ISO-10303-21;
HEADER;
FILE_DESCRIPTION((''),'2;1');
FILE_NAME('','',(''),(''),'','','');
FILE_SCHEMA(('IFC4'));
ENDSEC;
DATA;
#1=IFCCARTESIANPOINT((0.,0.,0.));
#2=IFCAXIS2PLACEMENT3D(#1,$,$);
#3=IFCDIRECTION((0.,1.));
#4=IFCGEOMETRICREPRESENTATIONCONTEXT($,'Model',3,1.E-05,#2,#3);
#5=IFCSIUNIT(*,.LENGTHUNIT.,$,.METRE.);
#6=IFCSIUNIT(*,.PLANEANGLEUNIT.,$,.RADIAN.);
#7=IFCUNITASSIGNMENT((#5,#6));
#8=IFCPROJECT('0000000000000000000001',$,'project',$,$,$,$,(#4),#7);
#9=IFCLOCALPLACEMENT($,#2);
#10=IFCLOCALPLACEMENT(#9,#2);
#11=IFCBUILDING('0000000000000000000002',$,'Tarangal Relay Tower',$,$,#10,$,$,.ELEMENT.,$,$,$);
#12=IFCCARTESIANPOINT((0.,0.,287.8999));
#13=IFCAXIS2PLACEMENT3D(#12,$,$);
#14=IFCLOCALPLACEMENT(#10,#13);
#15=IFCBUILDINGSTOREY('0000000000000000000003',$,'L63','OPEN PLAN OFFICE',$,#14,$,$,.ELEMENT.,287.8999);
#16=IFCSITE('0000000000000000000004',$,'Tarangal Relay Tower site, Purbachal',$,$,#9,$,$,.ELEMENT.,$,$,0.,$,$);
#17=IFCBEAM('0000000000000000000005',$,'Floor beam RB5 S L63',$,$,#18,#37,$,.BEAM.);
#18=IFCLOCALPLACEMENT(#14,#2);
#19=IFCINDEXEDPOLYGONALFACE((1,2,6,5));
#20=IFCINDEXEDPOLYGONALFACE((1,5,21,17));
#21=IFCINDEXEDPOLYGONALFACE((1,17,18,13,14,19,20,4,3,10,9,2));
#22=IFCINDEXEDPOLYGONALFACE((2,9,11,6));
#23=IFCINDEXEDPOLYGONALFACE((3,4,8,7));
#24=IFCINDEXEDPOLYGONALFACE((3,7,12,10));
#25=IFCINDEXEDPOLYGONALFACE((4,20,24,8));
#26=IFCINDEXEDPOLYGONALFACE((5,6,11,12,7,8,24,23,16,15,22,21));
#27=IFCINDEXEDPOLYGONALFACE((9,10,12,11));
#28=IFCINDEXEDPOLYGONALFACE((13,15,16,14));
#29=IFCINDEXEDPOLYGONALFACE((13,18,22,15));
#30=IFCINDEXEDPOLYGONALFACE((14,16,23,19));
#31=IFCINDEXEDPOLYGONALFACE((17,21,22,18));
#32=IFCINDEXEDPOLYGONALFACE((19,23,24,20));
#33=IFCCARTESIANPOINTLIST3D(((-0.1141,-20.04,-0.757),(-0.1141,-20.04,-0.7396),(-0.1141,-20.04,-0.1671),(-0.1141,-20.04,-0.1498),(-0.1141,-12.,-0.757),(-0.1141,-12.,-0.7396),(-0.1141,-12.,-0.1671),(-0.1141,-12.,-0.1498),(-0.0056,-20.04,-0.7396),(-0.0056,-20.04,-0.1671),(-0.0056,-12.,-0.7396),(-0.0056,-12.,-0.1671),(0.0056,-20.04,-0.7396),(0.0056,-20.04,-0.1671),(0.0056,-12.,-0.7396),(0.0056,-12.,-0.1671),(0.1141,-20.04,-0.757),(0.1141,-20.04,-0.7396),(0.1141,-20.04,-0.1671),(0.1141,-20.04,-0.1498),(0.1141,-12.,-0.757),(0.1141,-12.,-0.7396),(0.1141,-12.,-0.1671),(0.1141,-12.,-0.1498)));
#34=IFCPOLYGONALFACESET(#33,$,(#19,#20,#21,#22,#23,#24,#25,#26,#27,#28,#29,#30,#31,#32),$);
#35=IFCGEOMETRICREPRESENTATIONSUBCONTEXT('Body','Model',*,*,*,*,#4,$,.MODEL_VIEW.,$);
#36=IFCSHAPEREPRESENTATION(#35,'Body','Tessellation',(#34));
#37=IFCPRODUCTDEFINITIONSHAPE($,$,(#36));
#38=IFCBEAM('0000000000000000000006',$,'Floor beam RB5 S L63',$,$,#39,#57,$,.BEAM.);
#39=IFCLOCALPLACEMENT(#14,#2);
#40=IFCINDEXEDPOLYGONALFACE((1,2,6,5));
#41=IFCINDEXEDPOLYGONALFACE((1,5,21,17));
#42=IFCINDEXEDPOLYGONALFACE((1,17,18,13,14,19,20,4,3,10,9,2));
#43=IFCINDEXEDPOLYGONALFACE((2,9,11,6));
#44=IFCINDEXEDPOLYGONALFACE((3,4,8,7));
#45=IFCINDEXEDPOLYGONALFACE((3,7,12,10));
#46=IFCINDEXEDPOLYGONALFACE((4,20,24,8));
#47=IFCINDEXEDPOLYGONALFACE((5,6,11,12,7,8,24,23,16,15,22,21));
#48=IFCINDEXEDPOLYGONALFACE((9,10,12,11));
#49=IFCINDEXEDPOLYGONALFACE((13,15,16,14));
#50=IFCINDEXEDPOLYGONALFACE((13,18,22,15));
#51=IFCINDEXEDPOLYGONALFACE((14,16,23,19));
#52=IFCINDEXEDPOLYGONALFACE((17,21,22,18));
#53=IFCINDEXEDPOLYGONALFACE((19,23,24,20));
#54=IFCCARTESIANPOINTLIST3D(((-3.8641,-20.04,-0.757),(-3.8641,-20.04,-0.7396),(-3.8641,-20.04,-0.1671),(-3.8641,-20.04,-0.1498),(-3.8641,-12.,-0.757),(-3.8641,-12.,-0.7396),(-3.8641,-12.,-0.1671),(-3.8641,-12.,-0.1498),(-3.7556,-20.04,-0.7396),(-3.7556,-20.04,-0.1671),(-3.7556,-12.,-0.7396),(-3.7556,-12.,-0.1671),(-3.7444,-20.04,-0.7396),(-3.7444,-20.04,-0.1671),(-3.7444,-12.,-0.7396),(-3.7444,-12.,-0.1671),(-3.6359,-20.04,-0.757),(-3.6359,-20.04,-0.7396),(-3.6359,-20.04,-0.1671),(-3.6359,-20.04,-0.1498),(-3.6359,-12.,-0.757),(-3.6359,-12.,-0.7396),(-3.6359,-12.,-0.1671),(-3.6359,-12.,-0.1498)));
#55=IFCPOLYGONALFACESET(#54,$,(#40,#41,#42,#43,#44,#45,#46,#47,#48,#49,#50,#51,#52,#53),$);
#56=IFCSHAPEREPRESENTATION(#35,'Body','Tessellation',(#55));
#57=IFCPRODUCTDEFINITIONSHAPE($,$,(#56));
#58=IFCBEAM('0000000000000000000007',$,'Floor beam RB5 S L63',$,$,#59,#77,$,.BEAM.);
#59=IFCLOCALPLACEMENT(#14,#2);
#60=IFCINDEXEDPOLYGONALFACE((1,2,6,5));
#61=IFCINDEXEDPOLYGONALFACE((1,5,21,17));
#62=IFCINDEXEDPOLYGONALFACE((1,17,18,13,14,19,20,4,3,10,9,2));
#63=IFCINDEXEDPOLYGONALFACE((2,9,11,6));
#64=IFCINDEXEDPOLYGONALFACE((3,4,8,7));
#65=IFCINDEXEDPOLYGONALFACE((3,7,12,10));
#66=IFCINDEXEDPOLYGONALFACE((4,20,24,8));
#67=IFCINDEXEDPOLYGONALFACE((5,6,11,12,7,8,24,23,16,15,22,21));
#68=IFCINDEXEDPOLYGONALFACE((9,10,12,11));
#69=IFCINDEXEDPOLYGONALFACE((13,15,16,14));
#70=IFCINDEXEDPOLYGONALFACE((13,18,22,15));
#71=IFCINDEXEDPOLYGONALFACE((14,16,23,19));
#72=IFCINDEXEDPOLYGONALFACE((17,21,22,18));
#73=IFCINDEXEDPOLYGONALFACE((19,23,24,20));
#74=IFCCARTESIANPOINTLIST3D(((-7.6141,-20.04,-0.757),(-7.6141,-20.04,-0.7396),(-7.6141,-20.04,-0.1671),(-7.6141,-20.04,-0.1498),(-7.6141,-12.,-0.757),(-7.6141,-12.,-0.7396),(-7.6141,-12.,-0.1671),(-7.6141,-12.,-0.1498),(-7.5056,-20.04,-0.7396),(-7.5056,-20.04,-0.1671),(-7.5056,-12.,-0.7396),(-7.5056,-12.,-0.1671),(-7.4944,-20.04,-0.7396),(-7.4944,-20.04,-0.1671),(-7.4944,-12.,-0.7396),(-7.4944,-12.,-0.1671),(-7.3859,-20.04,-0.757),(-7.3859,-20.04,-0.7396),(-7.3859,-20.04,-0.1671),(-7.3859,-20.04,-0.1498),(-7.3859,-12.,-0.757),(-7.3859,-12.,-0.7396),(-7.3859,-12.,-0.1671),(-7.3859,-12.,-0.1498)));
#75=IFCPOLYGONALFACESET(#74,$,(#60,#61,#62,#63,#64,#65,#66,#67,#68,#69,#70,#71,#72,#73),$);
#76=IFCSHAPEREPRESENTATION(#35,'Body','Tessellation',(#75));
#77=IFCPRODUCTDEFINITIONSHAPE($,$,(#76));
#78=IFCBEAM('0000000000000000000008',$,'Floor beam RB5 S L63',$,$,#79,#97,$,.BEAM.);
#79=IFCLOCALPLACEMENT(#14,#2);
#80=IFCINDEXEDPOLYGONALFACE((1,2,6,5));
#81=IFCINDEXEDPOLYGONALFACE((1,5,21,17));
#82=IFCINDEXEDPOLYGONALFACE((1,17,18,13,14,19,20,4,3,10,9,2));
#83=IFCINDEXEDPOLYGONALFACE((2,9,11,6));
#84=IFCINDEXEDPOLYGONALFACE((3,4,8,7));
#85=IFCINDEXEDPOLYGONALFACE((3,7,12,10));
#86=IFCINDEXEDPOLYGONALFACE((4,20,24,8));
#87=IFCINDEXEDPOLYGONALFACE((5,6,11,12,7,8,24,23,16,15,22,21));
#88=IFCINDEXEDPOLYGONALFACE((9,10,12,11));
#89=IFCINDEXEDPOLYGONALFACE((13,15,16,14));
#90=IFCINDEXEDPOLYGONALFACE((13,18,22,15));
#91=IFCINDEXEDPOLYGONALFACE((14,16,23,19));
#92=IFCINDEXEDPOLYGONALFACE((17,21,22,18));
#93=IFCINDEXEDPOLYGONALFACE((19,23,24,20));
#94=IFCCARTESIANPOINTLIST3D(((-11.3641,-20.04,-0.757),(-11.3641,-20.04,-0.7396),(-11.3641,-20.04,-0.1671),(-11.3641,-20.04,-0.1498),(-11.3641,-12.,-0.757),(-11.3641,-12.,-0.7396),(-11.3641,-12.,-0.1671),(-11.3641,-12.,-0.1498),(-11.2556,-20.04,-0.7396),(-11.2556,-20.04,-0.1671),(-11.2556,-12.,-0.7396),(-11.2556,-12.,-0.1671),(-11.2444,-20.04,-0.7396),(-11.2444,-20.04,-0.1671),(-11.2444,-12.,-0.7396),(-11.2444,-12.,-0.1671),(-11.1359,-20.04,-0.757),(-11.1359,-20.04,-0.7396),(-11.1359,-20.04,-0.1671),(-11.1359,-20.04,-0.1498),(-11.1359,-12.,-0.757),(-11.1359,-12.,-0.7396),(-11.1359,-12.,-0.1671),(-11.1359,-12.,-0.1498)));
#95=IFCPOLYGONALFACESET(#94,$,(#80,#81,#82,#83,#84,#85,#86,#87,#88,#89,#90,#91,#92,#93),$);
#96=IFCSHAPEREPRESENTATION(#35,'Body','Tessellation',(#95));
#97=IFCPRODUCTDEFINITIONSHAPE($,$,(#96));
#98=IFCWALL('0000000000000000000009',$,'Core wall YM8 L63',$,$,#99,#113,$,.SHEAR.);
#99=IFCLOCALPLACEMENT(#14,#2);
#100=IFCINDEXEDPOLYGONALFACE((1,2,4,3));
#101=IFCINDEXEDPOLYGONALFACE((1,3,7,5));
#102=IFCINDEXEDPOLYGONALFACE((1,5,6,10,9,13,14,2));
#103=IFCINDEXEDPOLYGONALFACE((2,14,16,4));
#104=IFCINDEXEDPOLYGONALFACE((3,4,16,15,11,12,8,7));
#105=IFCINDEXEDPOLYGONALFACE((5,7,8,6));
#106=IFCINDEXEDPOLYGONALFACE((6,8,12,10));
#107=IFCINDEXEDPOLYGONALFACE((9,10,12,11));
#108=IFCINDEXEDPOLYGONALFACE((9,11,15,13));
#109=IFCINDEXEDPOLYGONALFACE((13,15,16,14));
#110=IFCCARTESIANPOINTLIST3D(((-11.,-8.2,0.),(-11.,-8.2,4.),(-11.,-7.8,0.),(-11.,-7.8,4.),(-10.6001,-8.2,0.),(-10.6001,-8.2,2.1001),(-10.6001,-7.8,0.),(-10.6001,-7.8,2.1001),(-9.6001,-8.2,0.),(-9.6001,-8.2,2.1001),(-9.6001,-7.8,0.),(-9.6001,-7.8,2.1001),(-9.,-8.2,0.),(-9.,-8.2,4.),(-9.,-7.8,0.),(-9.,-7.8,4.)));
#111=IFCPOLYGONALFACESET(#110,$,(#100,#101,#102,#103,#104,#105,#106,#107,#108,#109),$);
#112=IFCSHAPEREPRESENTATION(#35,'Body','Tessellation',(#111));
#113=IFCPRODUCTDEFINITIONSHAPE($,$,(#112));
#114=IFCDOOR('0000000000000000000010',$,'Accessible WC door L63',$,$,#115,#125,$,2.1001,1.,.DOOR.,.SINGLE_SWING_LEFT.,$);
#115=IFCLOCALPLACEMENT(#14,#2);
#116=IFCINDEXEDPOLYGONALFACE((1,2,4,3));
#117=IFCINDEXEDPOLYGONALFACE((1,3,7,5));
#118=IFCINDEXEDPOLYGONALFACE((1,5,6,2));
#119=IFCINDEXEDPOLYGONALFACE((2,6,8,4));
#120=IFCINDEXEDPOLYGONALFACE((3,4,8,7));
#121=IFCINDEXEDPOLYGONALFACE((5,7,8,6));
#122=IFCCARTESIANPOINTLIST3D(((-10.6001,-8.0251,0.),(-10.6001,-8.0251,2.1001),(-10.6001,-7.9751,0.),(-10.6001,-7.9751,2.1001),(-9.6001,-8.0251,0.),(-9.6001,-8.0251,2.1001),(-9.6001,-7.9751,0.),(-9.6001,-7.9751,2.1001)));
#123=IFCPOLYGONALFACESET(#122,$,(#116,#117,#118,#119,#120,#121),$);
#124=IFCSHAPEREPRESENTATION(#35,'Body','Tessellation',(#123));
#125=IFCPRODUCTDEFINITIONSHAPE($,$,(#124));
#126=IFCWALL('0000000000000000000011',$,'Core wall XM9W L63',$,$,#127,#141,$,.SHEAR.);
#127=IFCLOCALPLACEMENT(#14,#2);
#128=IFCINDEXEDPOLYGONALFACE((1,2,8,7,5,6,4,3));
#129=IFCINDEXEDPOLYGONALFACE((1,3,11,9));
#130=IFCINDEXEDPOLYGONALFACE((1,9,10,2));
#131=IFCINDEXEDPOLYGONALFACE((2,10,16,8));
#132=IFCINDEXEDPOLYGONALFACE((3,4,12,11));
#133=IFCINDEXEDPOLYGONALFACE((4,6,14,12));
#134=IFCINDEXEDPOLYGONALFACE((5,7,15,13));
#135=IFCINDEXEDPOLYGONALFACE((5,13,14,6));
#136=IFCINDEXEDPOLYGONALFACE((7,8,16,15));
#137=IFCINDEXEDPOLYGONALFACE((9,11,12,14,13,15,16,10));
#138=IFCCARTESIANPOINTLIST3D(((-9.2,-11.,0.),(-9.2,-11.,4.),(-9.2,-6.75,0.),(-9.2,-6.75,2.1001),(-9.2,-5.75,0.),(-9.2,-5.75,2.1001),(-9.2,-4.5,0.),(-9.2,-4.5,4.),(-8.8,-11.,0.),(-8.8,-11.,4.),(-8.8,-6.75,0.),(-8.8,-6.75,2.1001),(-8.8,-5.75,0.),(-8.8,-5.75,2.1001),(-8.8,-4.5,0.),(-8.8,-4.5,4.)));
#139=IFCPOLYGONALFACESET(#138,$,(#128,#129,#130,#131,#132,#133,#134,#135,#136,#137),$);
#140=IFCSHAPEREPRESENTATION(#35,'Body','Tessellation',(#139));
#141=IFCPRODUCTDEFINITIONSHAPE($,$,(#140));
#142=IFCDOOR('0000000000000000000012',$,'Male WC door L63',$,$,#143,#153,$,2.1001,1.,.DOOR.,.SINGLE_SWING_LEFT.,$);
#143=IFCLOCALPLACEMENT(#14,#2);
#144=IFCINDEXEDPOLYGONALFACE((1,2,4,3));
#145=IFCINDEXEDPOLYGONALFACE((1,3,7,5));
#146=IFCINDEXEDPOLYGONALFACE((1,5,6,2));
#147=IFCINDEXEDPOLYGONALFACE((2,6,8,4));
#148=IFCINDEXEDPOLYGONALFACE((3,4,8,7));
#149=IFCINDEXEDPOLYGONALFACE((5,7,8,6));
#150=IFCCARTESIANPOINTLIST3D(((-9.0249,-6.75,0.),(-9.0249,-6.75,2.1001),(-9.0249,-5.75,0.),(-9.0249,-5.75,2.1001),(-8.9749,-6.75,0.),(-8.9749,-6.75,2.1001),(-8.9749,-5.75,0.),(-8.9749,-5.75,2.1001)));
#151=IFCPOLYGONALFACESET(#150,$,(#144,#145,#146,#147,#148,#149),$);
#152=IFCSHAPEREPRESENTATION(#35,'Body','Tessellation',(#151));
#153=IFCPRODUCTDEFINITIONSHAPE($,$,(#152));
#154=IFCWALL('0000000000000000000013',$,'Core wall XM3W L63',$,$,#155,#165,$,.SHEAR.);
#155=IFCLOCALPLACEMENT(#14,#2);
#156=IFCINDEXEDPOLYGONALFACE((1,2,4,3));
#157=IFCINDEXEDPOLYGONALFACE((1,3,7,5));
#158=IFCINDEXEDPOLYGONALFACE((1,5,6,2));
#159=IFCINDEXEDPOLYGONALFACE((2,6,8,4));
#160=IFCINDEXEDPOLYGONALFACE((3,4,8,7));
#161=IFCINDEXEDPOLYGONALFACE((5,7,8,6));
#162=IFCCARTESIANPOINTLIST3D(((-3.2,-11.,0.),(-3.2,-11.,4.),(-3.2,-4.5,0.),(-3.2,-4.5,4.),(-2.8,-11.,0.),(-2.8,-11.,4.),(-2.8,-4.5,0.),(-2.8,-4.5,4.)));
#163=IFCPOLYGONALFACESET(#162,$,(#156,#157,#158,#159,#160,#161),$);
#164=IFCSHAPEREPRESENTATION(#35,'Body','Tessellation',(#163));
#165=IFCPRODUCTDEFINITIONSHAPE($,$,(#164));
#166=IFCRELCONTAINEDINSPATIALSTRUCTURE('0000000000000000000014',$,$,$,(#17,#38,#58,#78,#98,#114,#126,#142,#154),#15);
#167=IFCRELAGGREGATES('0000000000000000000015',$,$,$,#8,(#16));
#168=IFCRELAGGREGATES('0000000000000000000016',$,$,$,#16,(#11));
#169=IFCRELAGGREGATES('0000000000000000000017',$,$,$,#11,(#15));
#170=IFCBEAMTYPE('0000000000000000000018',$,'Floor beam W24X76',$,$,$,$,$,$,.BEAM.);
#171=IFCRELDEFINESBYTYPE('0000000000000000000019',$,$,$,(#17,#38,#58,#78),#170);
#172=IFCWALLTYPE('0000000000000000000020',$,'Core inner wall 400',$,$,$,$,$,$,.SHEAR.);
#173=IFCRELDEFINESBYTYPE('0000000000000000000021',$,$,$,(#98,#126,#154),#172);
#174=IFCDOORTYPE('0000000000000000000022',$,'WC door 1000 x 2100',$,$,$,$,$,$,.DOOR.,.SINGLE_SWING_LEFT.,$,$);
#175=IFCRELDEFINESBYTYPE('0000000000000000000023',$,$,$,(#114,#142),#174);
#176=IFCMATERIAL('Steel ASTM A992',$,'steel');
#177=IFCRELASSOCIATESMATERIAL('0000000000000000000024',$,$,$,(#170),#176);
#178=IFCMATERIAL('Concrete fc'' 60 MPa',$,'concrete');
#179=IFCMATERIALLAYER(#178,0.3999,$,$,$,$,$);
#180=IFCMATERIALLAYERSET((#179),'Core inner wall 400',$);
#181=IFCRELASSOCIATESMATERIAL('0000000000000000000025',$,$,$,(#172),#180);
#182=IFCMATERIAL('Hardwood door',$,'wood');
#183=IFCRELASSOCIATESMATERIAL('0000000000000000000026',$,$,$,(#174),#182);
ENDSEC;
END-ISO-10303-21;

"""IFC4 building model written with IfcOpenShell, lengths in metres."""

from ifc_helpers import new_model, si_unit, direction, frame, frame_2d, origin, origin_2d, place, context, subcontext, project, spatial, rectangle, i_section, extrude, material, layer, layer_set, material_profile, profile_set, type_object, element, fill, save


model = new_model("IFC4")

# Units and contexts
model_context = context("Model", 3, precision=1e-05, world=origin(), true_north=direction((0.0, 1.0)))
body_context = subcontext(model_context, "Body", "Model", "MODEL_VIEW")
ifc_project = project(units=[si_unit("LENGTHUNIT", "METRE"), si_unit("PLANEANGLEUNIT", "RADIAN")], contexts=[model_context])

# Site, building, storey
site_placement = place(None, origin())
site = spatial("IfcSite", under=ifc_project, at=site_placement, Name="Tarangal Relay Tower site, Purbachal", CompositionType="ELEMENT", RefElevation=0.0)
building_placement = place(site_placement, origin())
building = spatial("IfcBuilding", under=site, at=building_placement, Name="Tarangal Relay Tower", CompositionType="ELEMENT")
storey_placement = place(building_placement, frame((0.0, 0.0, 287.8999)))
storey = spatial("IfcBuildingStorey", under=building, at=storey_placement, Name="L63", Description="OPEN PLAN OFFICE", CompositionType="ELEMENT", Elevation=287.8999)

# Beams
ifc_material_1 = material(Name="Steel ASTM A992", Category="steel")
ifc_material_profile = material_profile(ifc_material_1, i_section(OverallWidth=0.2283, OverallDepth=0.6072, WebThickness=0.0112, FlangeThickness=0.0173, at=origin_2d()), Name="W24X76")
ifc_profile_set = profile_set([ifc_material_profile], Name="Steel ASTM A992")
beam_type = type_object("IfcBeamType", Name="Floor beam W24X76", PredefinedType="BEAM", material=ifc_profile_set)
for number, where, z_axis, x_axis, name in (
    (1, (0.0, -12.0, -0.4534), (0.0, -1.0, 0.0), (1.0, 0.0, 0.0), "Floor beam RB5 S L63"),
    (2, (-3.75, -12.0, -0.4534), (0.0, -1.0, 0.0), (1.0, 0.0, 0.0), "Floor beam RB5 S L63"),
    (3, (-7.5, -12.0, -0.4534), (0.0, -1.0, 0.0), (1.0, 0.0, 0.0), "Floor beam RB5 S L63"),
    (4, (-11.25, -12.0, -0.4534), (0.0, -1.0, 0.0), (1.0, 0.0, 0.0), "Floor beam RB5 S L63"),
):
    element("IfcBeam", number, at=place(storey_placement, frame(where, z_axis=z_axis, x_axis=x_axis)), inside=storey, type_object=beam_type, Name=name, PredefinedType="BEAM", context=body_context, shape_type="SweptSolid", body=[
        extrude(i_section(OverallWidth=0.2283, OverallDepth=0.6072, WebThickness=0.0112, FlangeThickness=0.0173, at=origin_2d()), origin(), (0.0, 0.0, 1.0), 8.04),
    ])

# Walls, openings, doors
ifc_material_2 = material(Name="Concrete fc' 60 MPa", Category="concrete")
ifc_layer_1 = layer(ifc_material_2, 0.3999)
ifc_layer_set_1 = layer_set([ifc_layer_1], Name="Core inner wall 400")
wall_type_1 = type_object("IfcWallType", Name="Core inner wall 400", PredefinedType="SHEAR", material=ifc_layer_set_1)
wall_1_placement = place(storey_placement, frame((-11.0, -8.0, 0.0), z_axis=(0.0, 0.0, 1.0), x_axis=(1.0, 0.0, 0.0)))
wall_1 = element("IfcWall", 5, at=wall_1_placement, inside=storey, type_object=wall_type_1, Name="Core wall YM8 L63", PredefinedType="SHEAR", context=body_context, shape_type="SweptSolid", body=[
    extrude(rectangle(XDim=2.0, YDim=0.3999, at=frame_2d((1.0, 0.0))), origin(), (0.0, 0.0, 1.0), 4.0),
])
opening_1_placement = place(wall_1_placement, frame((0.3999, 0.0, 0.0)))
opening_1 = element("IfcOpeningElement", 6, at=opening_1_placement, cuts=wall_1, PredefinedType="OPENING", context=body_context, shape_type="SweptSolid", body=[
    extrude(rectangle(XDim=1.0, YDim=2.1001, at=frame_2d((0.5, 1.05))), frame((0.0, 0.21, 0.0), z_axis=(0.0, -1.0, 0.0), x_axis=(1.0, 0.0, 0.0)), (0.0, 0.0, 1.0), 0.4199),
])
ifc_material_3 = material(Name="Hardwood door", Category="wood")
door_type = type_object("IfcDoorType", Name="WC door 1000 x 2100", OperationType="SINGLE_SWING_LEFT", PredefinedType="DOOR", material=ifc_material_3)
door_1_placement = place(opening_1_placement, origin())
door_1 = element("IfcDoor", 7, at=door_1_placement, inside=storey, type_object=door_type, Name="Accessible WC door L63", OperationType="SINGLE_SWING_LEFT", OverallHeight=2.1001, OverallWidth=1.0, PredefinedType="DOOR", context=body_context, shape_type="SweptSolid", body=[
    extrude(rectangle(XDim=1.0, YDim=2.1001, at=frame_2d((0.5, 1.05))), frame((0.0, 0.0249, 0.0), z_axis=(0.0, -1.0, 0.0), x_axis=(1.0, 0.0, 0.0)), (0.0, 0.0, 1.0), 0.05),
])
fill(opening_1, door_1)
wall_2_placement = place(storey_placement, frame((-9.0, -11.0, 0.0), z_axis=(0.0, 0.0, 1.0), x_axis=(0.0, 1.0, 0.0)))
wall_2 = element("IfcWall", 8, at=wall_2_placement, inside=storey, type_object=wall_type_1, Name="Core wall XM9W L63", PredefinedType="SHEAR", context=body_context, shape_type="SweptSolid", body=[
    extrude(rectangle(XDim=6.5, YDim=0.3999, at=frame_2d((3.25, 0.0))), origin(), (0.0, 0.0, 1.0), 4.0),
])
opening_2_placement = place(wall_2_placement, frame((4.25, 0.0, 0.0)))
opening_2 = element("IfcOpeningElement", 9, at=opening_2_placement, cuts=wall_2, PredefinedType="OPENING", context=body_context, shape_type="SweptSolid", body=[
    extrude(rectangle(XDim=1.0, YDim=2.1001, at=frame_2d((0.5, 1.05))), frame((0.0, 0.21, 0.0), z_axis=(0.0, -1.0, 0.0), x_axis=(1.0, 0.0, 0.0)), (0.0, 0.0, 1.0), 0.4199),
])
door_2_placement = place(opening_2_placement, origin())
door_2 = element("IfcDoor", 10, at=door_2_placement, inside=storey, type_object=door_type, Name="Male WC door L63", OperationType="SINGLE_SWING_LEFT", OverallHeight=2.1001, OverallWidth=1.0, PredefinedType="DOOR", context=body_context, shape_type="SweptSolid", body=[
    extrude(rectangle(XDim=1.0, YDim=2.1001, at=frame_2d((0.5, 1.05))), frame((0.0, 0.0249, 0.0), z_axis=(0.0, -1.0, 0.0), x_axis=(1.0, 0.0, 0.0)), (0.0, 0.0, 1.0), 0.05),
])
fill(opening_2, door_2)

# Wall
wall_3_placement = place(storey_placement, frame((-3.0, -11.0, 0.0), z_axis=(0.0, 0.0, 1.0), x_axis=(0.0, 1.0, 0.0)))
element("IfcWall", 11, at=wall_3_placement, inside=storey, type_object=wall_type_1, Name="Core wall XM3W L63", PredefinedType="SHEAR", context=body_context, shape_type="SweptSolid", body=[
    extrude(rectangle(XDim=6.5, YDim=0.3999, at=frame_2d((3.25, 0.0))), origin(), (0.0, 0.0, 1.0), 4.0),
])

save(model, "model.ifc")
